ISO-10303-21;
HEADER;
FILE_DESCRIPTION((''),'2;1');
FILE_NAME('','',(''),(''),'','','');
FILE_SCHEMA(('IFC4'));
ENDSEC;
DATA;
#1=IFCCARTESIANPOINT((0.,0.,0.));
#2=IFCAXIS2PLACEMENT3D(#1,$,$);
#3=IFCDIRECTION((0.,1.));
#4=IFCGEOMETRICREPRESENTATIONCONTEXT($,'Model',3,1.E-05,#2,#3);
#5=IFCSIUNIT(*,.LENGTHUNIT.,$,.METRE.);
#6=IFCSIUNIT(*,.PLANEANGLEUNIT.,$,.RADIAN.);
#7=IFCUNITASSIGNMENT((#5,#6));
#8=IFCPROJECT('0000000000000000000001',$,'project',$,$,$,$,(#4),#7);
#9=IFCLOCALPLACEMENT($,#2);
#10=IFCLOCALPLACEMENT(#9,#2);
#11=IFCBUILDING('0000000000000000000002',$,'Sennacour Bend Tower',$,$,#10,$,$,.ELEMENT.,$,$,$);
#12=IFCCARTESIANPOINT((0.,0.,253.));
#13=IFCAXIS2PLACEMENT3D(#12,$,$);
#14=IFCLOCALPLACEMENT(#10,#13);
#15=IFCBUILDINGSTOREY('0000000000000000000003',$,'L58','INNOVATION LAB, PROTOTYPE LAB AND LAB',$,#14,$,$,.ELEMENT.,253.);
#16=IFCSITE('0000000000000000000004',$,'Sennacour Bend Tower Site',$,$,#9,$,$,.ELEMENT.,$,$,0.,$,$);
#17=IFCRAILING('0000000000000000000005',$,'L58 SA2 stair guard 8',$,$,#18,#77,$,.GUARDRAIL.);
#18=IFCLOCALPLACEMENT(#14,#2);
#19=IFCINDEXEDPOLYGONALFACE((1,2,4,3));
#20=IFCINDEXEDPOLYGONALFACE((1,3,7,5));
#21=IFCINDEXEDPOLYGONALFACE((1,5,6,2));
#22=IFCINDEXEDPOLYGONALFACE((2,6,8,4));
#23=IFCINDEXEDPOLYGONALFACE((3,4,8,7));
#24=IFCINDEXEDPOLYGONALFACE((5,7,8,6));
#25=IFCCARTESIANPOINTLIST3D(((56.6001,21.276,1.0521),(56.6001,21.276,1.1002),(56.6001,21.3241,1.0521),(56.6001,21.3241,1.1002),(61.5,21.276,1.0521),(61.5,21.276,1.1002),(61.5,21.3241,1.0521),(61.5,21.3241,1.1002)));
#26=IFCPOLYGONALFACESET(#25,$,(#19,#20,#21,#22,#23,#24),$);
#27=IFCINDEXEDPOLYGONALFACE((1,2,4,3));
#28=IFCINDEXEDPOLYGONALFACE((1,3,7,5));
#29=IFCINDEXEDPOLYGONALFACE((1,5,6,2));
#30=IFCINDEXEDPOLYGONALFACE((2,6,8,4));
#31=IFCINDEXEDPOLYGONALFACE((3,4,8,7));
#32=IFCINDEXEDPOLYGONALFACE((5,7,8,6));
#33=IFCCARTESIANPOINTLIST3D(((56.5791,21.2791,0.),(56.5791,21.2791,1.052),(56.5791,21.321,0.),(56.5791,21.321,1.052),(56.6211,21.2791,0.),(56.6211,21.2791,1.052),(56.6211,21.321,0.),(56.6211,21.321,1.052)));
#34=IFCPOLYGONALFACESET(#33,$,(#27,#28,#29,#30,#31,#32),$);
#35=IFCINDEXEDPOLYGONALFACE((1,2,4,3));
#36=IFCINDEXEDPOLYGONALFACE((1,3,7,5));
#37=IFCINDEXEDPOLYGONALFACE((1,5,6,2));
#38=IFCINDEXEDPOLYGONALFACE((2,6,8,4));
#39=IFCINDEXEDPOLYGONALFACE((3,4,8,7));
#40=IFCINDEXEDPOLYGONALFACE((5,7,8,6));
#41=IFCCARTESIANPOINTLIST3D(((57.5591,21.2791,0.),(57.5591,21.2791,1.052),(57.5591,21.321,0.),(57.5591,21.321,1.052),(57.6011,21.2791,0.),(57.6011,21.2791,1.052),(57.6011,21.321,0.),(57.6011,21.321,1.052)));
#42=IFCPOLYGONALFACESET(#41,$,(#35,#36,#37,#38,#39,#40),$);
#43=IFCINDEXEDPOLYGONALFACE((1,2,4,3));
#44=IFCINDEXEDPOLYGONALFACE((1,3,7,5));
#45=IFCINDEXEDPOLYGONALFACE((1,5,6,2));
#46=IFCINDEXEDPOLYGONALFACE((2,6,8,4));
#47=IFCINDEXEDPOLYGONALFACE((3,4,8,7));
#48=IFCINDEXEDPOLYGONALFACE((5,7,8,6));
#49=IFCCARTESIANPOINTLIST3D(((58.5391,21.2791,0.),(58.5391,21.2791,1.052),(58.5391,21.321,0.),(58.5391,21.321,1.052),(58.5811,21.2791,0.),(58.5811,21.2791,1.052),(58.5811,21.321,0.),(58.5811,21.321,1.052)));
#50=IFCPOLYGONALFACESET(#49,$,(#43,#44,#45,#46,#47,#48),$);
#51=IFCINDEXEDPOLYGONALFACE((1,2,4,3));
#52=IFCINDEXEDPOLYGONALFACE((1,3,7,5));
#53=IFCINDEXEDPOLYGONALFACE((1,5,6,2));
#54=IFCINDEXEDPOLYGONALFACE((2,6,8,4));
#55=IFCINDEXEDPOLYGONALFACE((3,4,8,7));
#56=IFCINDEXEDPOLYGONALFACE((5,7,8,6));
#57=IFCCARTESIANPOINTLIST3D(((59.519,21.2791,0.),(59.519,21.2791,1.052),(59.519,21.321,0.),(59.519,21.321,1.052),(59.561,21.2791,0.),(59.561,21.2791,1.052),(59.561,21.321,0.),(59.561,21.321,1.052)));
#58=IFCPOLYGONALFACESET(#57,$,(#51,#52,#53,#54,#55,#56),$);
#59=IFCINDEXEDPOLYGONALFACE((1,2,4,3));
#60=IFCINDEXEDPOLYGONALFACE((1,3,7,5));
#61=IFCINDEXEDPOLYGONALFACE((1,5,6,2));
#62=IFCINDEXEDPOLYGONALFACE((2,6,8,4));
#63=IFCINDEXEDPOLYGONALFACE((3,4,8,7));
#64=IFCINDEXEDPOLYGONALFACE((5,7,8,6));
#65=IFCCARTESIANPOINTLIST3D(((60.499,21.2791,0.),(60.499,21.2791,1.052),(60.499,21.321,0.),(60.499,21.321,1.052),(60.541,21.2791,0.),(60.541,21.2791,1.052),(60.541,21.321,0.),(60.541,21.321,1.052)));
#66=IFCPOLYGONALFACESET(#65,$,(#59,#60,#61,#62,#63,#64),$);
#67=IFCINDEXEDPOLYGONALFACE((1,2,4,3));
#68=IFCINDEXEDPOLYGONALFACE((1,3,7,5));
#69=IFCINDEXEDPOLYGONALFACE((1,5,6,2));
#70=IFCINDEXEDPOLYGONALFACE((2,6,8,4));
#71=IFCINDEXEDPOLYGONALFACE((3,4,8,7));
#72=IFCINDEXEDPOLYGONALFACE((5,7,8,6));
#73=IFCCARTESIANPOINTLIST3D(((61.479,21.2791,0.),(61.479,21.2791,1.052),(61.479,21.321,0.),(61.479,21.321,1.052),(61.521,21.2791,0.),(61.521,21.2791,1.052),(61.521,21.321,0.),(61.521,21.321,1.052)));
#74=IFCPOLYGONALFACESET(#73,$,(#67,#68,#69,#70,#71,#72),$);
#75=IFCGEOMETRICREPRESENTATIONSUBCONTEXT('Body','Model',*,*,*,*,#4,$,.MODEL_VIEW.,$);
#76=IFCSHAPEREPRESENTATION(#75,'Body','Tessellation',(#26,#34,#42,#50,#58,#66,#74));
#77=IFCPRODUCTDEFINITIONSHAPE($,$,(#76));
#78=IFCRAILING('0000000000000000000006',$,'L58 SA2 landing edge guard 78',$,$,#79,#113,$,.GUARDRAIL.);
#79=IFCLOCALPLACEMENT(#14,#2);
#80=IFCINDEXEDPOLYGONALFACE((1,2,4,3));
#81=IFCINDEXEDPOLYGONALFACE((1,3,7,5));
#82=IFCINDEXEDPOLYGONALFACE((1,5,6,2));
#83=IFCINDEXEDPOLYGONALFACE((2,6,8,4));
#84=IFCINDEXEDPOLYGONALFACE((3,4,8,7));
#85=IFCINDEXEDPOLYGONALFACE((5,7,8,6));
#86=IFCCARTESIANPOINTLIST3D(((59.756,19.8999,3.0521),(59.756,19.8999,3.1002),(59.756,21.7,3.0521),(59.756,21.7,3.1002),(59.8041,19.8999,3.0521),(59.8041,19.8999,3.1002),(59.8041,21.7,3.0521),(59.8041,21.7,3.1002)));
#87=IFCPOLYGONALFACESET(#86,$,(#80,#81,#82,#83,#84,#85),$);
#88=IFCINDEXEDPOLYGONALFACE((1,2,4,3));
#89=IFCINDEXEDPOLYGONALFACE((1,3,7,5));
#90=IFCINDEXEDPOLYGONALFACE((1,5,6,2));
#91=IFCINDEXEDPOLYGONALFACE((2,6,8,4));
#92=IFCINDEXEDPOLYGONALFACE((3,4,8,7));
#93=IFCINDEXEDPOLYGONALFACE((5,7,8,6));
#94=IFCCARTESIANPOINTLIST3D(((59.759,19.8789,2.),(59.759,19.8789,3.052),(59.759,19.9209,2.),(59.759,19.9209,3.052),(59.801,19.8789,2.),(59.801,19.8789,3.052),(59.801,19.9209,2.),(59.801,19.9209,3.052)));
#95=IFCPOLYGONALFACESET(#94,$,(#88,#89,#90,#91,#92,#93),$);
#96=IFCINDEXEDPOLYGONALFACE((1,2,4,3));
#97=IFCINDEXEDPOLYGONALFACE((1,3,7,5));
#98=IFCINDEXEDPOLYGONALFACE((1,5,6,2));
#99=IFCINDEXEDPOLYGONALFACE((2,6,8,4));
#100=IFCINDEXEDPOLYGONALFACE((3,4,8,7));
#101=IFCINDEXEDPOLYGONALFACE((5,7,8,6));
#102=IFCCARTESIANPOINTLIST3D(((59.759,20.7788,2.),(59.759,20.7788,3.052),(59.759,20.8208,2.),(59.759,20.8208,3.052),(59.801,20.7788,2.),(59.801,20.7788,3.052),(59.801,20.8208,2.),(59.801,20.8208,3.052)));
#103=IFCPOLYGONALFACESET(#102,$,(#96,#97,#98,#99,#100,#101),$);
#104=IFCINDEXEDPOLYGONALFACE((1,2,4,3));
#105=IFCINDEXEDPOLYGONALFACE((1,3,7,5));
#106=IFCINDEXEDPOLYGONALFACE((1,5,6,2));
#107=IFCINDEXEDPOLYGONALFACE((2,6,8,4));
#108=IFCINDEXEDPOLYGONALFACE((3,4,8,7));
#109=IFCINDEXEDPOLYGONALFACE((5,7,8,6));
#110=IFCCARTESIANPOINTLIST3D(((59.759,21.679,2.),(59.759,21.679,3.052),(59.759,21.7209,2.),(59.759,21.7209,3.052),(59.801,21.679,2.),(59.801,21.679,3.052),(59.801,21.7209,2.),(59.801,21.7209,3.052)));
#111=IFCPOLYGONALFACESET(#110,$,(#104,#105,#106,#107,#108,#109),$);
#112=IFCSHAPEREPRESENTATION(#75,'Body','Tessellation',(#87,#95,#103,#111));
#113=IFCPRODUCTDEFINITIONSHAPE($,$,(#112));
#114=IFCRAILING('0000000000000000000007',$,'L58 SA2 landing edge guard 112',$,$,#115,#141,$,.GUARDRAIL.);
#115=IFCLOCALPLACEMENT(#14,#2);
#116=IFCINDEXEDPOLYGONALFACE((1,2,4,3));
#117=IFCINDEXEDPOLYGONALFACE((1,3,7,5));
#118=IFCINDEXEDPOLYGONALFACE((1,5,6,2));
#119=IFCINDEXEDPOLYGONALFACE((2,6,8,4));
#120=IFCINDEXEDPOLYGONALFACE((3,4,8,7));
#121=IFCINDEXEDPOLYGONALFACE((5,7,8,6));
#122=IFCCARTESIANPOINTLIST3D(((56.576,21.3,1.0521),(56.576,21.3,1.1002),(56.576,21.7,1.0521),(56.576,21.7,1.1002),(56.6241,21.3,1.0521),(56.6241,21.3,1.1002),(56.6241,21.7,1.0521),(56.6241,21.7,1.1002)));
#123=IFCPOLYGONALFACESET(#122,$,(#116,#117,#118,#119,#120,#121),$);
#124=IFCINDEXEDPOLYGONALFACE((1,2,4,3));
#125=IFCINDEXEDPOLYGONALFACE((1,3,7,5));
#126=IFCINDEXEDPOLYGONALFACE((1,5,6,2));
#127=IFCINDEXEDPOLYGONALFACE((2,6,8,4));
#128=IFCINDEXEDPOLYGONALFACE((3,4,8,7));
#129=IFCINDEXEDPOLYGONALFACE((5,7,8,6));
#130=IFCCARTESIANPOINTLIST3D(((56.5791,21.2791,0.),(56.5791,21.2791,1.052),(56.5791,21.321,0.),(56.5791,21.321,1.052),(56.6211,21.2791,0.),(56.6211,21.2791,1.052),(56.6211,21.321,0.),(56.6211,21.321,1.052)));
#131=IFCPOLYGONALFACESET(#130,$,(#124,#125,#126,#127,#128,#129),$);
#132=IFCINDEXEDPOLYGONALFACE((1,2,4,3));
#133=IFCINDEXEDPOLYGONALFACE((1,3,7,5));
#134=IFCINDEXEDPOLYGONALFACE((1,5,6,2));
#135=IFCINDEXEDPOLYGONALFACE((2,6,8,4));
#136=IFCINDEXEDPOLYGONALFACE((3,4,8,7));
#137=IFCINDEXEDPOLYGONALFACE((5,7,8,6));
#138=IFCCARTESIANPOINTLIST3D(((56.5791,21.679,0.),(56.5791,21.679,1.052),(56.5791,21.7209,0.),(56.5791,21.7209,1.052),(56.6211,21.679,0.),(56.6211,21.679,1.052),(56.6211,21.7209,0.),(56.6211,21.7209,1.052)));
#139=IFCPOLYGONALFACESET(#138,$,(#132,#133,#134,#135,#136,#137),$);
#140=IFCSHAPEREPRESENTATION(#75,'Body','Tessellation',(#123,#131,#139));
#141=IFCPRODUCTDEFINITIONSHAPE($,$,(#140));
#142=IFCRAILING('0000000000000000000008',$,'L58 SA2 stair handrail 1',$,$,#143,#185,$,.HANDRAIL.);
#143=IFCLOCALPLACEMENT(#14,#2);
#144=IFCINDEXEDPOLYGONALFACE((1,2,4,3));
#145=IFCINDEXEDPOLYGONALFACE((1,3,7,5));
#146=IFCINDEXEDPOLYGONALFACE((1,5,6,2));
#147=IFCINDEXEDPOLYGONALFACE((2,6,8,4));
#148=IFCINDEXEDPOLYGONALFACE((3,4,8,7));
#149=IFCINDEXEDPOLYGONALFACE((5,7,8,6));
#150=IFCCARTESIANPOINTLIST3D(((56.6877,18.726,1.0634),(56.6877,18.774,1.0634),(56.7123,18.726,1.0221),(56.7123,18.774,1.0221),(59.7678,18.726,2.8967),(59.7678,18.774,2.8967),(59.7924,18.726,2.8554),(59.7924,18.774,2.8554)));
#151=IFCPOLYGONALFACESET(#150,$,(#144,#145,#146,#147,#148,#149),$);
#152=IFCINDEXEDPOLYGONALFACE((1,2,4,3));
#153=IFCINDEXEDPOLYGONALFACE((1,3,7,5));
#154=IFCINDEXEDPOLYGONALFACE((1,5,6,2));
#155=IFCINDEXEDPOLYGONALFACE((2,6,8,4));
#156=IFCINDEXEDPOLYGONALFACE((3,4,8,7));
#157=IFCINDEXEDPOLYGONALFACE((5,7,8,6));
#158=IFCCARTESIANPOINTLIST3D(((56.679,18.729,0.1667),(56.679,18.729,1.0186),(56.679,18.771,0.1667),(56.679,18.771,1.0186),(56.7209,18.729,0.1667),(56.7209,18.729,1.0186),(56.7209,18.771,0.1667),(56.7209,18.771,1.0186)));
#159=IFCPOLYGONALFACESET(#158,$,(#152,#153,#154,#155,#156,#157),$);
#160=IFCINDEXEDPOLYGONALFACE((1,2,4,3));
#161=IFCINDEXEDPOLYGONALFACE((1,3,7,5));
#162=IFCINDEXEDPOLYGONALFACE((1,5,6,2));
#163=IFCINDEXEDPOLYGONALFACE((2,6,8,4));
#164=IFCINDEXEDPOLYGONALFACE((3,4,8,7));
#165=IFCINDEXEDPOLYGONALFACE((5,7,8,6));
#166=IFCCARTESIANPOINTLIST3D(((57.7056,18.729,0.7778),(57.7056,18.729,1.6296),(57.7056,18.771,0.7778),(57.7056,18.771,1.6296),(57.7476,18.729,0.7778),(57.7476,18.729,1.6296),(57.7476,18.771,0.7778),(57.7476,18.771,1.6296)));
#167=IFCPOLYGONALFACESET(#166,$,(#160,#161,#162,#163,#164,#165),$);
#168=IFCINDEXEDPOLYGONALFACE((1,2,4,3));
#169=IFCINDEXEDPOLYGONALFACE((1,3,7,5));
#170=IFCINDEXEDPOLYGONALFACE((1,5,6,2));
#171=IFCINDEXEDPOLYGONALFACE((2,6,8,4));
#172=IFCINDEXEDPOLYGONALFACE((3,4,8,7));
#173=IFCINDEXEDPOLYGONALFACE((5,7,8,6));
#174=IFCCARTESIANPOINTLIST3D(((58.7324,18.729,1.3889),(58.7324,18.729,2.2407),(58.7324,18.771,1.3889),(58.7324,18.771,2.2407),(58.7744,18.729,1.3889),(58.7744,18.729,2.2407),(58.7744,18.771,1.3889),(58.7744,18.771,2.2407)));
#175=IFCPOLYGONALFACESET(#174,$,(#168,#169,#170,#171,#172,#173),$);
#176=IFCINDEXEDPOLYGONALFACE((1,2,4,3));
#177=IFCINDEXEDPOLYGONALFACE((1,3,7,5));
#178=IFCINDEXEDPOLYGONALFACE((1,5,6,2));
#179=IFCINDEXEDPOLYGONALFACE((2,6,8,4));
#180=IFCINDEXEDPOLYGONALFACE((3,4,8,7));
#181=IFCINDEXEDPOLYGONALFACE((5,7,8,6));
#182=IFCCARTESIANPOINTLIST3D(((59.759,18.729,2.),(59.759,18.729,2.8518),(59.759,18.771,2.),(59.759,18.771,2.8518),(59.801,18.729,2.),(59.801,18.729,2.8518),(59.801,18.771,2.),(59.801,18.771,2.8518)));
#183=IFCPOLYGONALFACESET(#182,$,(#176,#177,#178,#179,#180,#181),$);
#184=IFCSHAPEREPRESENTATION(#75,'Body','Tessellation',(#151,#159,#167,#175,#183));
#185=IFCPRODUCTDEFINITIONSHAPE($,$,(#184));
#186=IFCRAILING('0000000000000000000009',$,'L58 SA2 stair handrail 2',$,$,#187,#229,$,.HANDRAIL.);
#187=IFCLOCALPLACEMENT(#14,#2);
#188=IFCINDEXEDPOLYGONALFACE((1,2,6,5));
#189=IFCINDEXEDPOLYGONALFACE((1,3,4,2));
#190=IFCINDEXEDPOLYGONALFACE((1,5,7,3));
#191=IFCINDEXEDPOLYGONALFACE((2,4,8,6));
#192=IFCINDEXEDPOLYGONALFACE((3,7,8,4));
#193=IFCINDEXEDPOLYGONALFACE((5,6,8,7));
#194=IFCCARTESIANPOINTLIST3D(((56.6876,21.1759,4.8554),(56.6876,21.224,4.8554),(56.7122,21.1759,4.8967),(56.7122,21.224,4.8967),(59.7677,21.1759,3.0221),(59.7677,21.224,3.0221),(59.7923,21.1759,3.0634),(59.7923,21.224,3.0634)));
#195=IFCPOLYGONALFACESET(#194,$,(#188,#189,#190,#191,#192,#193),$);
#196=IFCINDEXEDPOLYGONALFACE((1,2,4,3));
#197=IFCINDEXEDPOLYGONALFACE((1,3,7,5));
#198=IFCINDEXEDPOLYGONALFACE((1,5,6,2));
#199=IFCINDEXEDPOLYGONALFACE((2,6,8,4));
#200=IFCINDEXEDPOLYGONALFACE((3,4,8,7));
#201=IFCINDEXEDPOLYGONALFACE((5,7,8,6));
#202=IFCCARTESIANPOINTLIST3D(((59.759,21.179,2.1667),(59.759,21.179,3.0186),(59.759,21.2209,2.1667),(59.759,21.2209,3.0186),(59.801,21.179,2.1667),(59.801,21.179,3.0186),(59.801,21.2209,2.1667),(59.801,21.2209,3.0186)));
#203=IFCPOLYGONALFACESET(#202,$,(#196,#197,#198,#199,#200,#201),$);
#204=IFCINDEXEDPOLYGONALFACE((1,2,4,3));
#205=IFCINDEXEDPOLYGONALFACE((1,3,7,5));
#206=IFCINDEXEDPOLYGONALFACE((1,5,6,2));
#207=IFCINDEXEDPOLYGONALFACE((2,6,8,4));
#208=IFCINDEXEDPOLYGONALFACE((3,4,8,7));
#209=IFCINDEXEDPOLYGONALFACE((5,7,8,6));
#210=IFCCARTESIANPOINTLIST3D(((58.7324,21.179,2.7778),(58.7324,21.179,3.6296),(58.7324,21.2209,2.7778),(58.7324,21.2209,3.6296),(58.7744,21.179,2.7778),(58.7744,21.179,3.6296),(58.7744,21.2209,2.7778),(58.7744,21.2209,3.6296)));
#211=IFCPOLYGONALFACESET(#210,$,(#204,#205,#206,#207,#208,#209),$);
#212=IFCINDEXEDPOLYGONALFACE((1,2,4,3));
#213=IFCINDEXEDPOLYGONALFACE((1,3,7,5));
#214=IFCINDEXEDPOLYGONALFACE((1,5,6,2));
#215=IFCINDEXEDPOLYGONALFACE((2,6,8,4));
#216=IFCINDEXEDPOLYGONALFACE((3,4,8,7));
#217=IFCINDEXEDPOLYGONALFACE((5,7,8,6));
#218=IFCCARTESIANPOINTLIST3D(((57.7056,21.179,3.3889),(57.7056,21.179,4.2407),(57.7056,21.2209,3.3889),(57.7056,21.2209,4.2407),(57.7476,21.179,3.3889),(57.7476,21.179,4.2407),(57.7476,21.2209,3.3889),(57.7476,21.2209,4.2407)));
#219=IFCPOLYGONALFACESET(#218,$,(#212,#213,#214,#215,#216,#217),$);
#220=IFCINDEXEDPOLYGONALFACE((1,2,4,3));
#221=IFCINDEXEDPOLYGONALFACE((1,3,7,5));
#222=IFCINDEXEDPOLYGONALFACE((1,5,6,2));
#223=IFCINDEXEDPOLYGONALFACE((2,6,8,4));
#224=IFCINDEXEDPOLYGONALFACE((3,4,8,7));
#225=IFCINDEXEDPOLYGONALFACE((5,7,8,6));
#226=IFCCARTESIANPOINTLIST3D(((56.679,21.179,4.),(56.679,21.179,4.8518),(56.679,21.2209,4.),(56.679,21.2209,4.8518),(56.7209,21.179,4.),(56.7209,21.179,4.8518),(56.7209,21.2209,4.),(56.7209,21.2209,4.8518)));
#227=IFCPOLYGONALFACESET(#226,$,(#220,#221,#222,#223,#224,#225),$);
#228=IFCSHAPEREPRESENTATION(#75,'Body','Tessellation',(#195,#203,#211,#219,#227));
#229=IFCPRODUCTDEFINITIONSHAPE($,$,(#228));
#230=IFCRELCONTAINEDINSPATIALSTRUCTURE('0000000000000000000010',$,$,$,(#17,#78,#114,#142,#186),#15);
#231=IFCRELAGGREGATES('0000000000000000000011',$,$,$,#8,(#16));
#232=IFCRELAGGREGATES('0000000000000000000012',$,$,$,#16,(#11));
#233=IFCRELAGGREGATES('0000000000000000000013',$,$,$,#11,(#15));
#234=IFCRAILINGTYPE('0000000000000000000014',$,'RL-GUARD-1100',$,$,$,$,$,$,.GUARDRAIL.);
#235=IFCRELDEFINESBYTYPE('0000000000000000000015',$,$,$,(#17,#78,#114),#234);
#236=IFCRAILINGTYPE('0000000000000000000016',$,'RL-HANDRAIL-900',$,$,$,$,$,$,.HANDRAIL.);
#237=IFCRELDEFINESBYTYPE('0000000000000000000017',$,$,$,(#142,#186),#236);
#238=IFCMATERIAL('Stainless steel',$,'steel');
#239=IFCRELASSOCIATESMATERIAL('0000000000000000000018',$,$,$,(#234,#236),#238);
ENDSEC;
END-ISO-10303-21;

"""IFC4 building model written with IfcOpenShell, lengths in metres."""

from ifc_helpers import new_model, si_unit, direction, frame, origin, origin_2d, place, context, subcontext, project, spatial, rectangle, extrude, material, type_object, element, save


model = new_model("IFC4")

# Units and contexts
model_context = context("Model", 3, precision=1e-05, world=origin(), true_north=direction((0.0, 1.0)))
body_context = subcontext(model_context, "Body", "Model", "MODEL_VIEW")
ifc_project = project(units=[si_unit("LENGTHUNIT", "METRE"), si_unit("PLANEANGLEUNIT", "RADIAN")], contexts=[model_context])

# Site, building, storey
site_placement = place(None, origin())
site = spatial("IfcSite", under=ifc_project, at=site_placement, Name="Sennacour Bend Tower Site", CompositionType="ELEMENT", RefElevation=0.0)
building_placement = place(site_placement, origin())
building = spatial("IfcBuilding", under=site, at=building_placement, Name="Sennacour Bend Tower", CompositionType="ELEMENT")
storey_placement = place(building_placement, frame((0.0, 0.0, 253.0)))
storey = spatial("IfcBuildingStorey", under=building, at=storey_placement, Name="L58", Description="INNOVATION LAB, PROTOTYPE LAB AND LAB", CompositionType="ELEMENT", Elevation=253.0)

# Railings
ifc_material_1 = material(Name="Stainless steel", Category="steel")
railing_type_1 = type_object("IfcRailingType", Name="RL-GUARD-1100", PredefinedType="GUARDRAIL", material=ifc_material_1)
railing_1_placement = place(storey_placement, frame((56.6001, 21.3, 0.0)))
element("IfcRailing", 1, at=railing_1_placement, inside=storey, type_object=railing_type_1, Name="L58 SA2 stair guard 8", PredefinedType="GUARDRAIL", context=body_context, shape_type="SweptSolid", body=[
    extrude(rectangle(XDim=0.0481, YDim=0.0481, at=origin_2d()), frame((0.0, 0.0, 1.0762), z_axis=(1.0, 0.0, 0.0), x_axis=(0.0, 1.0, 0.0)), (0.0, 0.0, 1.0), 4.8999),
    extrude(rectangle(XDim=0.042, YDim=0.042, at=origin_2d()), origin(), (0.0, 0.0, 1.0), 1.052),
    extrude(rectangle(XDim=0.042, YDim=0.042, at=origin_2d()), frame((0.98, 0.0, 0.0)), (0.0, 0.0, 1.0), 1.052),
    extrude(rectangle(XDim=0.042, YDim=0.042, at=origin_2d()), frame((1.96, 0.0, 0.0)), (0.0, 0.0, 1.0), 1.052),
    extrude(rectangle(XDim=0.042, YDim=0.042, at=origin_2d()), frame((2.9399, 0.0, 0.0)), (0.0, 0.0, 1.0), 1.052),
    extrude(rectangle(XDim=0.042, YDim=0.042, at=origin_2d()), frame((3.9199, 0.0, 0.0)), (0.0, 0.0, 1.0), 1.052),
    extrude(rectangle(XDim=0.042, YDim=0.042, at=origin_2d()), frame((4.8999, 0.0, 0.0)), (0.0, 0.0, 1.0), 1.052),
])
railing_2_placement = place(storey_placement, frame((59.78, 19.8999, 2.0)))
element("IfcRailing", 2, at=railing_2_placement, inside=storey, type_object=railing_type_1, Name="L58 SA2 landing edge guard 78", PredefinedType="GUARDRAIL", context=body_context, shape_type="SweptSolid", body=[
    extrude(rectangle(XDim=0.0481, YDim=0.0481, at=origin_2d()), frame((0.0, 0.0, 1.0762), z_axis=(0.0, 1.0, 0.0), x_axis=(-1.0, 0.0, 0.0)), (0.0, 0.0, 1.0), 1.8),
    extrude(rectangle(XDim=0.042, YDim=0.042, at=origin_2d()), origin(), (0.0, 0.0, 1.0), 1.052),
    extrude(rectangle(XDim=0.042, YDim=0.042, at=origin_2d()), frame((0.0, 0.8999, 0.0)), (0.0, 0.0, 1.0), 1.052),
    extrude(rectangle(XDim=0.042, YDim=0.042, at=origin_2d()), frame((0.0, 1.8, 0.0)), (0.0, 0.0, 1.0), 1.052),
])
railing_3_placement = place(storey_placement, frame((56.6001, 21.3, 0.0)))
element("IfcRailing", 3, at=railing_3_placement, inside=storey, type_object=railing_type_1, Name="L58 SA2 landing edge guard 112", PredefinedType="GUARDRAIL", context=body_context, shape_type="SweptSolid", body=[
    extrude(rectangle(XDim=0.0481, YDim=0.0481, at=origin_2d()), frame((0.0, 0.0, 1.0762), z_axis=(0.0, 1.0, 0.0), x_axis=(-1.0, 0.0, 0.0)), (0.0, 0.0, 1.0), 0.3999),
    extrude(rectangle(XDim=0.042, YDim=0.042, at=origin_2d()), origin(), (0.0, 0.0, 1.0), 1.052),
    extrude(rectangle(XDim=0.042, YDim=0.042, at=origin_2d()), frame((0.0, 0.3999, 0.0)), (0.0, 0.0, 1.0), 1.052),
])
railing_type_2 = type_object("IfcRailingType", Name="RL-HANDRAIL-900", PredefinedType="HANDRAIL", material=ifc_material_1)
railing_4_placement = place(storey_placement, frame((56.7, 18.75, 0.1667)))
element("IfcRailing", 4, at=railing_4_placement, inside=storey, type_object=railing_type_2, Name="L58 SA2 stair handrail 1", PredefinedType="HANDRAIL", context=body_context, shape_type="SweptSolid", body=[
    extrude(rectangle(XDim=0.0481, YDim=0.0481, at=origin_2d()), frame((0.0, 0.0, 0.876), z_axis=(0.859309, 0.0, 0.511458), x_axis=(0.0, 1.0, 0.0)), (0.0, 0.0, 1.0), 3.5845),
    extrude(rectangle(XDim=0.042, YDim=0.042, at=origin_2d()), origin(), (0.0, 0.0, 1.0), 0.8518),
    extrude(rectangle(XDim=0.042, YDim=0.042, at=origin_2d()), frame((1.0266, 0.0, 0.6111)), (0.0, 0.0, 1.0), 0.8518),
    extrude(rectangle(XDim=0.042, YDim=0.042, at=origin_2d()), frame((2.0535, 0.0, 1.2222)), (0.0, 0.0, 1.0), 0.8518),
    extrude(rectangle(XDim=0.042, YDim=0.042, at=origin_2d()), frame((3.0801, 0.0, 1.8333)), (0.0, 0.0, 1.0), 0.8518),
])
railing_5_placement = place(storey_placement, frame((59.78, 21.2, 2.1667)))
element("IfcRailing", 5, at=railing_5_placement, inside=storey, type_object=railing_type_2, Name="L58 SA2 stair handrail 2", PredefinedType="HANDRAIL", context=body_context, shape_type="SweptSolid", body=[
    extrude(rectangle(XDim=0.0481, YDim=0.0481, at=origin_2d()), frame((0.0, 0.0, 0.876), z_axis=(-0.859309, 0.0, 0.511458), x_axis=(0.0, -1.0, 0.0)), (0.0, 0.0, 1.0), 3.5845),
    extrude(rectangle(XDim=0.042, YDim=0.042, at=origin_2d()), origin(), (0.0, 0.0, 1.0), 0.8518),
    extrude(rectangle(XDim=0.042, YDim=0.042, at=origin_2d()), frame((-1.0266, 0.0, 0.6111)), (0.0, 0.0, 1.0), 0.8518),
    extrude(rectangle(XDim=0.042, YDim=0.042, at=origin_2d()), frame((-2.0535, 0.0, 1.2222)), (0.0, 0.0, 1.0), 0.8518),
    extrude(rectangle(XDim=0.042, YDim=0.042, at=origin_2d()), frame((-3.0801, 0.0, 1.8333)), (0.0, 0.0, 1.0), 0.8518),
])

save(model, "model.ifc")
